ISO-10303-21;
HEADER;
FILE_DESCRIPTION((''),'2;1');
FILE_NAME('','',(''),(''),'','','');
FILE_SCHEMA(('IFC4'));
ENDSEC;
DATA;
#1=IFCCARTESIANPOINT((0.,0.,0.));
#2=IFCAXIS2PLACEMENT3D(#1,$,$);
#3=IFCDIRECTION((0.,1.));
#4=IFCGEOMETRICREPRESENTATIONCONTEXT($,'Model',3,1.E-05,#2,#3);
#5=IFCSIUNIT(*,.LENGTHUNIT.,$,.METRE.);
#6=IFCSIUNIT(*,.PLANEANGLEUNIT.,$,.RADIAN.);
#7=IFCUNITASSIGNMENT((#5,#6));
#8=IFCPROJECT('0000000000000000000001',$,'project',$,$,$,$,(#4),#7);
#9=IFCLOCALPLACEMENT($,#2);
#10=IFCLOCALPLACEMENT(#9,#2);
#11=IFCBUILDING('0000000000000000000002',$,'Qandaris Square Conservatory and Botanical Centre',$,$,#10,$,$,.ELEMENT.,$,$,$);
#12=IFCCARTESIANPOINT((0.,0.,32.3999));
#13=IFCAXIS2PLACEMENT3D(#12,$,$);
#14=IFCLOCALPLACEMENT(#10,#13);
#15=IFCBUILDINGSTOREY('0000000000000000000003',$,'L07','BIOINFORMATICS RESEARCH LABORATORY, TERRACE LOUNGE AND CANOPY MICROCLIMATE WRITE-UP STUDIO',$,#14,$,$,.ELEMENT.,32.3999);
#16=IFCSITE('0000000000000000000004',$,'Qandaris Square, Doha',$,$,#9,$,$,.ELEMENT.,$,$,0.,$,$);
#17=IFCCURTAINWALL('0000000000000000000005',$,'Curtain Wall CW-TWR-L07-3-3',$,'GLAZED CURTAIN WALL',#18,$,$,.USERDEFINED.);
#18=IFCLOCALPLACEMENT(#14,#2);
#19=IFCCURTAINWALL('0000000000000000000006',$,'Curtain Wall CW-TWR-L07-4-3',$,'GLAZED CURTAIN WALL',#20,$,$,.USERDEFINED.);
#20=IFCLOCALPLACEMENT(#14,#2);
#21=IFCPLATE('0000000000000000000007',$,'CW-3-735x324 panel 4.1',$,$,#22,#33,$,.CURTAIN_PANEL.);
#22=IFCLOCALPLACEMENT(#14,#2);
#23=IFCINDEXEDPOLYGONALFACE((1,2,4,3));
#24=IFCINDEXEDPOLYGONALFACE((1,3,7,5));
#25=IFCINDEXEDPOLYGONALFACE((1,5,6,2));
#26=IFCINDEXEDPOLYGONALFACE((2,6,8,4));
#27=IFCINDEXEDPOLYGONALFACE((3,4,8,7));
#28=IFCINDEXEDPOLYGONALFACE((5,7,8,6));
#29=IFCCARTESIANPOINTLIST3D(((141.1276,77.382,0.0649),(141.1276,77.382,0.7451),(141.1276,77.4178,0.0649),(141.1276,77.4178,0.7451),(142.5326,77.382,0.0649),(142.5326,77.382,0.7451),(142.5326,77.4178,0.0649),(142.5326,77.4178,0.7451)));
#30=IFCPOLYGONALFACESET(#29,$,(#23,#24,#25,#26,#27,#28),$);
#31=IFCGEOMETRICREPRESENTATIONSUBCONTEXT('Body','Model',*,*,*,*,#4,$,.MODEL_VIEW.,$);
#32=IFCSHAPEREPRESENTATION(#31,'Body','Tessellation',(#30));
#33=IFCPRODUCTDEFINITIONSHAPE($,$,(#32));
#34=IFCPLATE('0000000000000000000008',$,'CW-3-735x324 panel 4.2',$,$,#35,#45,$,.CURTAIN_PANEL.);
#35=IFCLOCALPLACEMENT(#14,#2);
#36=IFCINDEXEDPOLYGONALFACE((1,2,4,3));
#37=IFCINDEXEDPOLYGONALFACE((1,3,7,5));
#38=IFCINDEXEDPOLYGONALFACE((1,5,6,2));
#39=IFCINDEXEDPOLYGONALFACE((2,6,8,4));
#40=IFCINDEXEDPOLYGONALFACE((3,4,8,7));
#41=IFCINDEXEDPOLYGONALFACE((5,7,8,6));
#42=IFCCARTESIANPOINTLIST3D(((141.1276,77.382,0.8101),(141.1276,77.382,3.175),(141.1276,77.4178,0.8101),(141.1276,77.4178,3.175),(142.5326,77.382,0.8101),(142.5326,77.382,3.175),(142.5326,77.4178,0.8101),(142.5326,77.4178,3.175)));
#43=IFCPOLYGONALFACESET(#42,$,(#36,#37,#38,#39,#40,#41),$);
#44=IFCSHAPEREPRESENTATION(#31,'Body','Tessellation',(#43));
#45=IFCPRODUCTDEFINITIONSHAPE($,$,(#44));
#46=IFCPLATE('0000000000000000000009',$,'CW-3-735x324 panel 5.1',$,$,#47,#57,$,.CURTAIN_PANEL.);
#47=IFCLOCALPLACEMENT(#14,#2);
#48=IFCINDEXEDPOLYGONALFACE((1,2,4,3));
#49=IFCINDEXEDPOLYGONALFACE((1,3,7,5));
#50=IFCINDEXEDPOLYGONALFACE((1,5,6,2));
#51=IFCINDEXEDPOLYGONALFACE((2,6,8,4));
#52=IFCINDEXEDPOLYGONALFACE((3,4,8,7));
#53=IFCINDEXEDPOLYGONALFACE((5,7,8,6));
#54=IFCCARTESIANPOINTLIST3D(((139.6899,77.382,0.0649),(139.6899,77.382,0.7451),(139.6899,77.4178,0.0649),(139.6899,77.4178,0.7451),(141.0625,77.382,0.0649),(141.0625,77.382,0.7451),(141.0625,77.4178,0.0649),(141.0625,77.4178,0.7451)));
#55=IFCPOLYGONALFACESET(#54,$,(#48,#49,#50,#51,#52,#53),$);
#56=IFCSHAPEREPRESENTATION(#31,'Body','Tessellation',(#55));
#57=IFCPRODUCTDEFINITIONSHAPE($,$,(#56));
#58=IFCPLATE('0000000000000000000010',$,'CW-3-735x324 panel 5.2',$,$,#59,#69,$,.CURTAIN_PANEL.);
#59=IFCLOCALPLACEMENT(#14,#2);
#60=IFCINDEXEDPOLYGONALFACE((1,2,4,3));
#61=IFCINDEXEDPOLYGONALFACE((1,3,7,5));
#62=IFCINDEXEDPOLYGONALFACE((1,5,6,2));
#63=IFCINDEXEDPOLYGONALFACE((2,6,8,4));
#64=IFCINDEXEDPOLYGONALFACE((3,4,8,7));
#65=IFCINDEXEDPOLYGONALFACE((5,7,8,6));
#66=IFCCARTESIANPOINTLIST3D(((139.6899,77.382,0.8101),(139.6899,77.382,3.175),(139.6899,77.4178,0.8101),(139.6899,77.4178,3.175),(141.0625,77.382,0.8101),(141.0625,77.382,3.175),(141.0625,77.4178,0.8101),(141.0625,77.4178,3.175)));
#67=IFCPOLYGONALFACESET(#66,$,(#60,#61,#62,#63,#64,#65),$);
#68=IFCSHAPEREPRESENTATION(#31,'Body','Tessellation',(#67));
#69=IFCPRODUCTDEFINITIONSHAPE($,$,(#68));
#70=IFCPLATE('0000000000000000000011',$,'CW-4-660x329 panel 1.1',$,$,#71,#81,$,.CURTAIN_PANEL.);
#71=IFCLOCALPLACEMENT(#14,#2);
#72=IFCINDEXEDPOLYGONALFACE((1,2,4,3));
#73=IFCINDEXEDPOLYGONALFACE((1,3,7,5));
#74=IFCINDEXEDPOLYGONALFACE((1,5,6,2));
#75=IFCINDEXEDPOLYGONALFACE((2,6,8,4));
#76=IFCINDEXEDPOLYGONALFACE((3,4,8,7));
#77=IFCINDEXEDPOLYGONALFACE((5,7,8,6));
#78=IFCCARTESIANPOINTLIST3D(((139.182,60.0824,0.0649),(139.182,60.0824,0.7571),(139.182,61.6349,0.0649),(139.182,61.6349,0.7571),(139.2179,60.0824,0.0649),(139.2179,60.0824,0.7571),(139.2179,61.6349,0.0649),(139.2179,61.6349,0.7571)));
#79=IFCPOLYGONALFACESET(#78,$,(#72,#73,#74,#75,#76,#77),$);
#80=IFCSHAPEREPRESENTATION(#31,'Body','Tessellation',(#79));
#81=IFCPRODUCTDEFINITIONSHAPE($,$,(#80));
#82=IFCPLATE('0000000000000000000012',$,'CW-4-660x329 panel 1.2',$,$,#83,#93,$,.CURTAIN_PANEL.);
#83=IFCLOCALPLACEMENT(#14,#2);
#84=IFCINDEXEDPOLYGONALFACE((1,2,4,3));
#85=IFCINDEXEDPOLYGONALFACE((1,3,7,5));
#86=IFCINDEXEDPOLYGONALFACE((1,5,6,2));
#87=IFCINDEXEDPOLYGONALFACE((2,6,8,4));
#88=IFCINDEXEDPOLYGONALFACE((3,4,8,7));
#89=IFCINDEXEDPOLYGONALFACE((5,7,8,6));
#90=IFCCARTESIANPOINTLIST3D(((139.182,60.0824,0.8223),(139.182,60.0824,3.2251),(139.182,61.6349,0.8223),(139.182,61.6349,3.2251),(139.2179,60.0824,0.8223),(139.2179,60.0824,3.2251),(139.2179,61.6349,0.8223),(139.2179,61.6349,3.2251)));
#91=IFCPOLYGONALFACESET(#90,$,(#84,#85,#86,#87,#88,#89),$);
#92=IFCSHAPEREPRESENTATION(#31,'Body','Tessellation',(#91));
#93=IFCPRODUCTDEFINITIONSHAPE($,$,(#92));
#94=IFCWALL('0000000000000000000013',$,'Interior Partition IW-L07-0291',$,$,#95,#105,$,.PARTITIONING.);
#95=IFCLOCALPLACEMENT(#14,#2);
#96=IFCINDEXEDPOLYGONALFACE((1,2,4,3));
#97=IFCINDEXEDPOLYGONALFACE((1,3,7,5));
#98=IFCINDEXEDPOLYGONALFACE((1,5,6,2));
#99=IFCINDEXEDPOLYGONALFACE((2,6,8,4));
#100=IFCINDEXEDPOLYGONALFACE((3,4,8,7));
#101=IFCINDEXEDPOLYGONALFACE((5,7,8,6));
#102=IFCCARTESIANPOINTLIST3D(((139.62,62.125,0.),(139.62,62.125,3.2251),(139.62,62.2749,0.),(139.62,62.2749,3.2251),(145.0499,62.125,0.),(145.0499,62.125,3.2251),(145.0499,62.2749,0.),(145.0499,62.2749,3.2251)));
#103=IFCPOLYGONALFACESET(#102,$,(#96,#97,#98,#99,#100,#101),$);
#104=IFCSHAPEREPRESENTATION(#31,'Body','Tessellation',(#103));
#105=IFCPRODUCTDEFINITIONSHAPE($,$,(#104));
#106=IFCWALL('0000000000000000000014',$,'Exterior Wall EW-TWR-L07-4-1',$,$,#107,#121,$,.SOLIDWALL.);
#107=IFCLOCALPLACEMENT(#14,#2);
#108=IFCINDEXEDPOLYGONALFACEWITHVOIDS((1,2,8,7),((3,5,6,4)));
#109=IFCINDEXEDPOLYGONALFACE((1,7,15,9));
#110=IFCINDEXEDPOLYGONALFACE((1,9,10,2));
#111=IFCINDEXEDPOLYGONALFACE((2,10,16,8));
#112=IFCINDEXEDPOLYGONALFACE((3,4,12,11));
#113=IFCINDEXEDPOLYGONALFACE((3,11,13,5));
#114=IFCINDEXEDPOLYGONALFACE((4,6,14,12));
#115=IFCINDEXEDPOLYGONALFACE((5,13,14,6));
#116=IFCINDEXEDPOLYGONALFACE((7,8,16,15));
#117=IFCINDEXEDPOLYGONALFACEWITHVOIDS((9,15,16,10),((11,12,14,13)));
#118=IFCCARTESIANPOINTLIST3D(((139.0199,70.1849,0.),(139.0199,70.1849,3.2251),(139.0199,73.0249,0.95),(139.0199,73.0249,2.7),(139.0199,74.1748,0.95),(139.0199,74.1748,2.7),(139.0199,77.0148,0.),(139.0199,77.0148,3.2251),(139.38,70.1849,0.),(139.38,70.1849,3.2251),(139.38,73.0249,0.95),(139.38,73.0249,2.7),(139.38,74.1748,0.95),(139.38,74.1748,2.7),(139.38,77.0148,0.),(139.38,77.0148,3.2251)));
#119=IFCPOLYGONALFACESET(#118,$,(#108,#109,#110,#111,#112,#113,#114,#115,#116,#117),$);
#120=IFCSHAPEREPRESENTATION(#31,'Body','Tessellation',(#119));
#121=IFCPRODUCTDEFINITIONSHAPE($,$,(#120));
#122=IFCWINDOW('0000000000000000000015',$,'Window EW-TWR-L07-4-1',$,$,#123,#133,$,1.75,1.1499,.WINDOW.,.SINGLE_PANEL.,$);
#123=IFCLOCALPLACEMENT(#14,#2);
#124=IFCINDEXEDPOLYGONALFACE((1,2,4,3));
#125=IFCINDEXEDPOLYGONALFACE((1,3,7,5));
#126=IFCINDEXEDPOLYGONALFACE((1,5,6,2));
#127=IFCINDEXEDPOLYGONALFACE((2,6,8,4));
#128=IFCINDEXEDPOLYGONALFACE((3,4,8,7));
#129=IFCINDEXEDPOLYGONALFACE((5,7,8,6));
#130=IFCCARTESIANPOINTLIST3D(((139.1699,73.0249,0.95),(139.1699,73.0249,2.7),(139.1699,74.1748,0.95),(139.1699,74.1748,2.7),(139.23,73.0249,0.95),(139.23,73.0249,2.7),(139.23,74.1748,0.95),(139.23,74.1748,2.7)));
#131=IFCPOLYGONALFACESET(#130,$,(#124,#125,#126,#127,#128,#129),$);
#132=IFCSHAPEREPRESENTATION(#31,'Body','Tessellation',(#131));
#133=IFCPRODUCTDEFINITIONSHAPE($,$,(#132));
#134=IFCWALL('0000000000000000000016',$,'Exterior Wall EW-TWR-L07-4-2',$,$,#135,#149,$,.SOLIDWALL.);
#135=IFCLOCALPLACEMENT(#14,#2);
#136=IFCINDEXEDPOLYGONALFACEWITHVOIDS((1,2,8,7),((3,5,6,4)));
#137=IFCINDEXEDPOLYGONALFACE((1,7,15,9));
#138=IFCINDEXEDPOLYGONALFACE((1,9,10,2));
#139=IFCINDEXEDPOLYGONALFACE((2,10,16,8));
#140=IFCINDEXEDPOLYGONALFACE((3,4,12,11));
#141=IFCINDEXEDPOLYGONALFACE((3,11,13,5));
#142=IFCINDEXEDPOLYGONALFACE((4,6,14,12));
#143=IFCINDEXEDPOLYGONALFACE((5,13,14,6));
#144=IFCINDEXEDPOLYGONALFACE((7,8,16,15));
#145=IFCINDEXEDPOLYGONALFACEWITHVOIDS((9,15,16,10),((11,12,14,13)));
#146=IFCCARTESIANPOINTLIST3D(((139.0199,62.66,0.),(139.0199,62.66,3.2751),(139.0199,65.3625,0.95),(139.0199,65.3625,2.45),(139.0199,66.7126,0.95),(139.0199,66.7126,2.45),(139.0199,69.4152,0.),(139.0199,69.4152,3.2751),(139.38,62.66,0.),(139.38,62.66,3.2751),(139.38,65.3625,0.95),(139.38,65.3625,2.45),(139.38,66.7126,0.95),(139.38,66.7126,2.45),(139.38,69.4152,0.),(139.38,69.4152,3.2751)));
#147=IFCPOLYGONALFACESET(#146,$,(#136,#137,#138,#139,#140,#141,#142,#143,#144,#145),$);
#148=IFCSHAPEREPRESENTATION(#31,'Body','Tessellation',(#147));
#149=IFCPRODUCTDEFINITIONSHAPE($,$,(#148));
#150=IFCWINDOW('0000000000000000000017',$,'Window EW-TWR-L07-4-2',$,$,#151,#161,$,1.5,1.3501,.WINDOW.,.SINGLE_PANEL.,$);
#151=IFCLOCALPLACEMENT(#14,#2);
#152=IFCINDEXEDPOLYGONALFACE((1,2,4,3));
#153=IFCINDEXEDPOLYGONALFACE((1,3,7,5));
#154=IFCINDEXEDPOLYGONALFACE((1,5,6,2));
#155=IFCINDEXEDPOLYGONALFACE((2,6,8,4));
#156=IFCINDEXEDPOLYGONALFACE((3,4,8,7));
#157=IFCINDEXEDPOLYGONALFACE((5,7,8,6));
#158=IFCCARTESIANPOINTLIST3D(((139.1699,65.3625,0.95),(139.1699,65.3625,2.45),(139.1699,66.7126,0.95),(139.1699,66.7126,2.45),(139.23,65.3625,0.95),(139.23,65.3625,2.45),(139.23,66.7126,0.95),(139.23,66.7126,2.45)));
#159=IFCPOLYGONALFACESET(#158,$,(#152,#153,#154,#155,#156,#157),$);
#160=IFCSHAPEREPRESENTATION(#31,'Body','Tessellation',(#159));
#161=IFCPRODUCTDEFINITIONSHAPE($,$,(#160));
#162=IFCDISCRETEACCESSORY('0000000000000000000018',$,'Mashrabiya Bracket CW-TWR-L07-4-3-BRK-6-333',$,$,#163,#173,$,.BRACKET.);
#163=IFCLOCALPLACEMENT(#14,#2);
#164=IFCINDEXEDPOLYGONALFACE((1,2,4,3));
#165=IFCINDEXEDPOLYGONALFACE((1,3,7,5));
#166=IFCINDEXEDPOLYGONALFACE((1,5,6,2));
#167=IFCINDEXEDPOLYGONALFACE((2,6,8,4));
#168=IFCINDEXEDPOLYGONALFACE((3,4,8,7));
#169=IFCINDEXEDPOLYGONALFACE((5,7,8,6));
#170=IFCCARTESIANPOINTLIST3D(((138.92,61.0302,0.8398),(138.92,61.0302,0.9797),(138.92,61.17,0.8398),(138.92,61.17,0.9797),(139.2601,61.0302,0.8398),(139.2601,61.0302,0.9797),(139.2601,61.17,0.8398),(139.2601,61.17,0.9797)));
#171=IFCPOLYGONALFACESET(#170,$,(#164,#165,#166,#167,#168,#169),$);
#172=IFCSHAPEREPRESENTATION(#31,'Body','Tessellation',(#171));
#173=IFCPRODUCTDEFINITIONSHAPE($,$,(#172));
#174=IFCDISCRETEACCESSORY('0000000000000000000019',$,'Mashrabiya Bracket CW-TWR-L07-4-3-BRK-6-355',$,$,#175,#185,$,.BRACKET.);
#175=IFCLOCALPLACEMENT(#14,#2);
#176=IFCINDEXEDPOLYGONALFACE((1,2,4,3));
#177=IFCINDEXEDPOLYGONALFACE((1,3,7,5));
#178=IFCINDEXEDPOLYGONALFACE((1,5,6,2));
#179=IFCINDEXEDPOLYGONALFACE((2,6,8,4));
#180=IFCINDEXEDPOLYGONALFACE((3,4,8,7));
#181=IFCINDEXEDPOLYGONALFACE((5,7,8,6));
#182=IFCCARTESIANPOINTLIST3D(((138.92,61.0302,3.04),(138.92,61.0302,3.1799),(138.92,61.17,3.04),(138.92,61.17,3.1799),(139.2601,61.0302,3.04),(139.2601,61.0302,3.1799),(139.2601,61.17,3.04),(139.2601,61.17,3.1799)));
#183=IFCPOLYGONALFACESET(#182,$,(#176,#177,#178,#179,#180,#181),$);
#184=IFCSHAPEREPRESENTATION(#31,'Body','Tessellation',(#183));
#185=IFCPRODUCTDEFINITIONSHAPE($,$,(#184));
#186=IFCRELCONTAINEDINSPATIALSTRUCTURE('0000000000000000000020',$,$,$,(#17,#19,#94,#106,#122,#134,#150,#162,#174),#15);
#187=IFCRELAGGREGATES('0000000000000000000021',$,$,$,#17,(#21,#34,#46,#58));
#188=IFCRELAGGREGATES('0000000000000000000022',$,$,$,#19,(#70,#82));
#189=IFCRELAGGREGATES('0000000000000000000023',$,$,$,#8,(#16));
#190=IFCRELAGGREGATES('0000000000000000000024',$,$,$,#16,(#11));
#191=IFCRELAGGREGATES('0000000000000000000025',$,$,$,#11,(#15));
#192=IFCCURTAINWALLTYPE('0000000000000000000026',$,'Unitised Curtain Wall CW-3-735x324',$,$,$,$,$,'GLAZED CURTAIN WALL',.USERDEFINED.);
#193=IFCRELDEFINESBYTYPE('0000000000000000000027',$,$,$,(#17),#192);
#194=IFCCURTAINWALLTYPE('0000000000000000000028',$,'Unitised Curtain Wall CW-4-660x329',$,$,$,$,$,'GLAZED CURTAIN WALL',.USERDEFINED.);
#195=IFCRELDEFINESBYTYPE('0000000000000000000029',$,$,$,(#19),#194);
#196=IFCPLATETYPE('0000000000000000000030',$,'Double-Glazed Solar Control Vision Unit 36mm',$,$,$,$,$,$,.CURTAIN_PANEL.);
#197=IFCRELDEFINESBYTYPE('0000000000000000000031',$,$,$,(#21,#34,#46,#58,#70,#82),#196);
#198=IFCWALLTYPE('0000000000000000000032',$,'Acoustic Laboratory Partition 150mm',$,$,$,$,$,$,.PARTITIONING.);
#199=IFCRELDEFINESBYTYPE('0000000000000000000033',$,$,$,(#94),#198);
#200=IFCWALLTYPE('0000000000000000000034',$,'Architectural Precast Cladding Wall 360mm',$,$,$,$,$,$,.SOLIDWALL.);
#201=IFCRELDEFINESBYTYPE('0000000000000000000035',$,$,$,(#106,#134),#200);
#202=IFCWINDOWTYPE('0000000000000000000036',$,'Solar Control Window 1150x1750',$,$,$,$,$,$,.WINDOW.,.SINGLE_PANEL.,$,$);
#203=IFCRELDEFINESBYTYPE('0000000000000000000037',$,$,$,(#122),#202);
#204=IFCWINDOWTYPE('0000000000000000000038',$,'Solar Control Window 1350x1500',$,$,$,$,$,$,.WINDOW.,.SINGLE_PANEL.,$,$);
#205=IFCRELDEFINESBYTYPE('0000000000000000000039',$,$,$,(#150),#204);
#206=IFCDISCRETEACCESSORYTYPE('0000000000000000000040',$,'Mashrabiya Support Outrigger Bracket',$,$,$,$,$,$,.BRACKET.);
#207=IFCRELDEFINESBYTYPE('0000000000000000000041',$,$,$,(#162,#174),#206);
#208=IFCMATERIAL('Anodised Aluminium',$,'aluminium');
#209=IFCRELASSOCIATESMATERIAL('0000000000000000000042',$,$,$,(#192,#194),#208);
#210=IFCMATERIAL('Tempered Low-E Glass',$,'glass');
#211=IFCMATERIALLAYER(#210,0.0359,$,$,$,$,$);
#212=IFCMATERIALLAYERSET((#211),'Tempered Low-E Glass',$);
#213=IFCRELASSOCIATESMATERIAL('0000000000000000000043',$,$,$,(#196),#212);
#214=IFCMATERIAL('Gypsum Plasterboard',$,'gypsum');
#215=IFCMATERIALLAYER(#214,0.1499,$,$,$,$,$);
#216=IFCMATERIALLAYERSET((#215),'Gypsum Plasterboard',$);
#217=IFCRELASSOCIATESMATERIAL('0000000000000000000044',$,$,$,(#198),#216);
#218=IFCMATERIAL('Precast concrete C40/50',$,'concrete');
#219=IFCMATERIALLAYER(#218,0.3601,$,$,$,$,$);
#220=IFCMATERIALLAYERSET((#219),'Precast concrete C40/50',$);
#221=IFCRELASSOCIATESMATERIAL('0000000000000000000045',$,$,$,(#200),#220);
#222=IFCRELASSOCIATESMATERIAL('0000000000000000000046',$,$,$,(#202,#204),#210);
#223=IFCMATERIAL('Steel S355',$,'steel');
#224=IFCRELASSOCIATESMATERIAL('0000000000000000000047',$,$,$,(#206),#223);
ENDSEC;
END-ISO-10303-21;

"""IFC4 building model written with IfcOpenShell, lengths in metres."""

from ifc_helpers import new_model, si_unit, direction, frame, frame_2d, origin, origin_2d, place, context, subcontext, project, spatial, rectangle, extrude, material, layer, layer_set, type_object, element, fill, aggregate, save


model = new_model("IFC4")

# Units and contexts
model_context = context("Model", 3, precision=1e-05, world=origin(), true_north=direction((0.0, 1.0)))
body_context = subcontext(model_context, "Body", "Model", "MODEL_VIEW")
ifc_project = project(units=[si_unit("LENGTHUNIT", "METRE"), si_unit("PLANEANGLEUNIT", "RADIAN")], contexts=[model_context])

# Site, building, storey
site_placement = place(None, origin())
site = spatial("IfcSite", under=ifc_project, at=site_placement, Name="Qandaris Square, Doha", CompositionType="ELEMENT", RefElevation=0.0)
building_placement = place(site_placement, origin())
building = spatial("IfcBuilding", under=site, at=building_placement, Name="Qandaris Square Conservatory and Botanical Centre", CompositionType="ELEMENT")
storey_placement = place(building_placement, frame((0.0, 0.0, 32.3999)))
storey = spatial("IfcBuildingStorey", under=building, at=storey_placement, Name="L07", Description="BIOINFORMATICS RESEARCH LABORATORY, TERRACE LOUNGE AND CANOPY MICROCLIMATE WRITE-UP STUDIO", CompositionType="ELEMENT", Elevation=32.3999)

# Shared definitions
ifc_material_1 = material(Name="Steel S355", Category="steel")

# Curtain wall
ifc_material_2 = material(Name="Anodised Aluminium", Category="aluminium")
curtain_wall_type_1 = type_object("IfcCurtainWallType", Name="Unitised Curtain Wall CW-3-735x324", ElementType="GLAZED CURTAIN WALL", PredefinedType="USERDEFINED", material=ifc_material_2)
curtain_wall_1_placement = place(storey_placement, origin())
curtain_wall_1 = element("IfcCurtainWall", 1, at=curtain_wall_1_placement, inside=storey, type_object=curtain_wall_type_1, Name="Curtain Wall CW-TWR-L07-3-3", ObjectType="GLAZED CURTAIN WALL", PredefinedType="USERDEFINED")

# Curtain wall
curtain_wall_type_2 = type_object("IfcCurtainWallType", Name="Unitised Curtain Wall CW-4-660x329", ElementType="GLAZED CURTAIN WALL", PredefinedType="USERDEFINED", material=ifc_material_2)
curtain_wall_2_placement = place(storey_placement, origin())
curtain_wall_2 = element("IfcCurtainWall", 2, at=curtain_wall_2_placement, inside=storey, type_object=curtain_wall_type_2, Name="Curtain Wall CW-TWR-L07-4-3", ObjectType="GLAZED CURTAIN WALL", PredefinedType="USERDEFINED")

# Plates
ifc_material_3 = material(Name="Tempered Low-E Glass", Category="glass")
ifc_layer_1 = layer(ifc_material_3, 0.0359)
ifc_layer_set_1 = layer_set([ifc_layer_1], Name="Tempered Low-E Glass")
plate_type = type_object("IfcPlateType", Name="Double-Glazed Solar Control Vision Unit 36mm", PredefinedType="CURTAIN_PANEL", material=ifc_layer_set_1)
plate_1_placement = place(storey_placement, frame((141.8301, 77.3999, 0.0649), z_axis=(0.0, 0.0, 1.0), x_axis=(-1.0, 0.0, 0.0)))
plate_1 = element("IfcPlate", 3, at=plate_1_placement, type_object=plate_type, Name="CW-3-735x324 panel 4.1", PredefinedType="CURTAIN_PANEL", context=body_context, shape_type="SweptSolid", body=[
    extrude(rectangle(XDim=1.405, YDim=0.0359, at=origin_2d()), origin(), (0.0, 0.0, 1.0), 0.6802),
])
plate_2_placement = place(storey_placement, frame((141.8301, 77.3999, 0.8101), z_axis=(0.0, 0.0, 1.0), x_axis=(-1.0, 0.0, 0.0)))
plate_2 = element("IfcPlate", 4, at=plate_2_placement, type_object=plate_type, Name="CW-3-735x324 panel 4.2", PredefinedType="CURTAIN_PANEL", context=body_context, shape_type="SweptSolid", body=[
    extrude(rectangle(XDim=1.405, YDim=0.0359, at=origin_2d()), origin(), (0.0, 0.0, 1.0), 2.365),
])
plate_3_placement = place(storey_placement, frame((140.3762, 77.3999, 0.0649), z_axis=(0.0, 0.0, 1.0), x_axis=(-1.0, 0.0, 0.0)))
plate_3 = element("IfcPlate", 5, at=plate_3_placement, type_object=plate_type, Name="CW-3-735x324 panel 5.1", PredefinedType="CURTAIN_PANEL", context=body_context, shape_type="SweptSolid", body=[
    extrude(rectangle(XDim=1.3726, YDim=0.0359, at=origin_2d()), origin(), (0.0, 0.0, 1.0), 0.6802),
])
plate_4_placement = place(storey_placement, frame((140.3762, 77.3999, 0.8101), z_axis=(0.0, 0.0, 1.0), x_axis=(-1.0, 0.0, 0.0)))
plate_4 = element("IfcPlate", 6, at=plate_4_placement, type_object=plate_type, Name="CW-3-735x324 panel 5.2", PredefinedType="CURTAIN_PANEL", context=body_context, shape_type="SweptSolid", body=[
    extrude(rectangle(XDim=1.3726, YDim=0.0359, at=origin_2d()), origin(), (0.0, 0.0, 1.0), 2.365),
])
aggregate(curtain_wall_1, [plate_1, plate_2, plate_3, plate_4])
plate_5_placement = place(storey_placement, frame((139.2, 60.8586, 0.0649), z_axis=(0.0, 0.0, 1.0), x_axis=(0.0, -1.0, 0.0)))
plate_5 = element("IfcPlate", 7, at=plate_5_placement, type_object=plate_type, Name="CW-4-660x329 panel 1.1", PredefinedType="CURTAIN_PANEL", context=body_context, shape_type="SweptSolid", body=[
    extrude(rectangle(XDim=1.5525, YDim=0.0359, at=origin_2d()), origin(), (0.0, 0.0, 1.0), 0.6921),
])
plate_6_placement = place(storey_placement, frame((139.2, 60.8586, 0.8223), z_axis=(0.0, 0.0, 1.0), x_axis=(0.0, -1.0, 0.0)))
plate_6 = element("IfcPlate", 8, at=plate_6_placement, type_object=plate_type, Name="CW-4-660x329 panel 1.2", PredefinedType="CURTAIN_PANEL", context=body_context, shape_type="SweptSolid", body=[
    extrude(rectangle(XDim=1.5525, YDim=0.0359, at=origin_2d()), origin(), (0.0, 0.0, 1.0), 2.4028),
])
aggregate(curtain_wall_2, [plate_5, plate_6])

# Wall
ifc_material_4 = material(Name="Gypsum Plasterboard", Category="gypsum")
ifc_layer_2 = layer(ifc_material_4, 0.1499)
ifc_layer_set_2 = layer_set([ifc_layer_2], Name="Gypsum Plasterboard")
wall_type_1 = type_object("IfcWallType", Name="Acoustic Laboratory Partition 150mm", PredefinedType="PARTITIONING", material=ifc_layer_set_2)
wall_1_placement = place(storey_placement, frame((139.6201, 62.2, 0.0), z_axis=(0.0, 0.0, 1.0), x_axis=(1.0, 0.0, 0.0)))
element("IfcWall", 9, at=wall_1_placement, inside=storey, type_object=wall_type_1, Name="Interior Partition IW-L07-0291", PredefinedType="PARTITIONING", context=body_context, shape_type="SweptSolid", body=[
    extrude(rectangle(XDim=5.4299, YDim=0.1499, at=frame_2d((2.7148, 0.0))), origin(), (0.0, 0.0, 1.0), 3.2251),
])

# Walls, openings, windows
ifc_material_5 = material(Name="Precast concrete C40/50", Category="concrete")
ifc_layer_3 = layer(ifc_material_5, 0.3601)
ifc_layer_set_3 = layer_set([ifc_layer_3], Name="Precast concrete C40/50")
wall_type_2 = type_object("IfcWallType", Name="Architectural Precast Cladding Wall 360mm", PredefinedType="SOLIDWALL", material=ifc_layer_set_3)
wall_2_placement = place(storey_placement, frame((139.2, 77.0149, 0.0), z_axis=(0.0, 0.0, 1.0), x_axis=(0.0, -1.0, 0.0)))
wall_2 = element("IfcWall", 10, at=wall_2_placement, inside=storey, type_object=wall_type_2, Name="Exterior Wall EW-TWR-L07-4-1", PredefinedType="SOLIDWALL", context=body_context, shape_type="SweptSolid", body=[
    extrude(rectangle(XDim=6.8298, YDim=0.3601, at=frame_2d((3.415, 0.0))), origin(), (0.0, 0.0, 1.0), 3.2251),
])
opening_1_placement = place(wall_2_placement, frame((2.8401, 0.0, 0.95)))
opening_1 = element("IfcOpeningElement", 11, at=opening_1_placement, cuts=wall_2, PredefinedType="OPENING", context=body_context, shape_type="SweptSolid", body=[
    extrude(rectangle(XDim=1.1499, YDim=1.75, at=frame_2d((0.575, 0.875))), frame((0.0, 0.1919, 0.0), z_axis=(0.0, -1.0, 0.0), x_axis=(1.0, 0.0, 0.0)), (0.0, 0.0, 1.0), 0.384),
])
window_type_1 = type_object("IfcWindowType", Name="Solar Control Window 1150x1750", PartitioningType="SINGLE_PANEL", PredefinedType="WINDOW", material=ifc_material_3)
window_1_placement = place(opening_1_placement, origin())
window_1 = element("IfcWindow", 12, at=window_1_placement, inside=storey, type_object=window_type_1, Name="Window EW-TWR-L07-4-1", OverallHeight=1.75, OverallWidth=1.1499, PartitioningType="SINGLE_PANEL", PredefinedType="WINDOW", context=body_context, shape_type="SweptSolid", body=[
    extrude(rectangle(XDim=1.1499, YDim=1.75, at=frame_2d((0.575, 0.875))), frame((0.0, 0.03, 0.0), z_axis=(0.0, -1.0, 0.0), x_axis=(1.0, 0.0, 0.0)), (0.0, 0.0, 1.0), 0.0601),
])
fill(opening_1, window_1)
wall_3_placement = place(storey_placement, frame((139.2, 69.415, 0.0), z_axis=(0.0, 0.0, 1.0), x_axis=(0.0, -1.0, 0.0)))
wall_3 = element("IfcWall", 13, at=wall_3_placement, inside=storey, type_object=wall_type_2, Name="Exterior Wall EW-TWR-L07-4-2", PredefinedType="SOLIDWALL", context=body_context, shape_type="SweptSolid", body=[
    extrude(rectangle(XDim=6.7551, YDim=0.3601, at=frame_2d((3.3774, 0.0))), origin(), (0.0, 0.0, 1.0), 3.2751),
])
opening_2_placement = place(wall_3_placement, frame((2.7024, 0.0, 0.95)))
opening_2 = element("IfcOpeningElement", 14, at=opening_2_placement, cuts=wall_3, PredefinedType="OPENING", context=body_context, shape_type="SweptSolid", body=[
    extrude(rectangle(XDim=1.3501, YDim=1.5, at=frame_2d((0.675, 0.75))), frame((0.0, 0.1919, 0.0), z_axis=(0.0, -1.0, 0.0), x_axis=(1.0, 0.0, 0.0)), (0.0, 0.0, 1.0), 0.384),
])
window_type_2 = type_object("IfcWindowType", Name="Solar Control Window 1350x1500", PartitioningType="SINGLE_PANEL", PredefinedType="WINDOW", material=ifc_material_3)
window_2_placement = place(opening_2_placement, origin())
window_2 = element("IfcWindow", 15, at=window_2_placement, inside=storey, type_object=window_type_2, Name="Window EW-TWR-L07-4-2", OverallHeight=1.5, OverallWidth=1.3501, PartitioningType="SINGLE_PANEL", PredefinedType="WINDOW", context=body_context, shape_type="SweptSolid", body=[
    extrude(rectangle(XDim=1.3501, YDim=1.5, at=frame_2d((0.675, 0.75))), frame((0.0, 0.03, 0.0), z_axis=(0.0, -1.0, 0.0), x_axis=(1.0, 0.0, 0.0)), (0.0, 0.0, 1.0), 0.0601),
])
fill(opening_2, window_2)

# Discrete accessories
discrete_accessory_type = type_object("IfcDiscreteAccessoryType", Name="Mashrabiya Support Outrigger Bracket", PredefinedType="BRACKET", material=ifc_material_1)
for number, where, z_axis, x_axis, name in (
    (16, (139.0901, 61.1001, 0.8398), (0.0, 0.0, 1.0), (0.0, -1.0, 0.0), "Mashrabiya Bracket CW-TWR-L07-4-3-BRK-6-333"),
    (17, (139.0901, 61.1001, 3.04), (0.0, 0.0, 1.0), (0.0, -1.0, 0.0), "Mashrabiya Bracket CW-TWR-L07-4-3-BRK-6-355"),
):
    element("IfcDiscreteAccessory", number, at=place(storey_placement, frame(where, z_axis=z_axis, x_axis=x_axis)), inside=storey, type_object=discrete_accessory_type, Name=name, PredefinedType="BRACKET", context=body_context, shape_type="SweptSolid", body=[
        extrude(rectangle(XDim=0.1399, YDim=0.3401, at=origin_2d()), origin(), (0.0, 0.0, 1.0), 0.1399),
    ])

save(model, "model.ifc")
